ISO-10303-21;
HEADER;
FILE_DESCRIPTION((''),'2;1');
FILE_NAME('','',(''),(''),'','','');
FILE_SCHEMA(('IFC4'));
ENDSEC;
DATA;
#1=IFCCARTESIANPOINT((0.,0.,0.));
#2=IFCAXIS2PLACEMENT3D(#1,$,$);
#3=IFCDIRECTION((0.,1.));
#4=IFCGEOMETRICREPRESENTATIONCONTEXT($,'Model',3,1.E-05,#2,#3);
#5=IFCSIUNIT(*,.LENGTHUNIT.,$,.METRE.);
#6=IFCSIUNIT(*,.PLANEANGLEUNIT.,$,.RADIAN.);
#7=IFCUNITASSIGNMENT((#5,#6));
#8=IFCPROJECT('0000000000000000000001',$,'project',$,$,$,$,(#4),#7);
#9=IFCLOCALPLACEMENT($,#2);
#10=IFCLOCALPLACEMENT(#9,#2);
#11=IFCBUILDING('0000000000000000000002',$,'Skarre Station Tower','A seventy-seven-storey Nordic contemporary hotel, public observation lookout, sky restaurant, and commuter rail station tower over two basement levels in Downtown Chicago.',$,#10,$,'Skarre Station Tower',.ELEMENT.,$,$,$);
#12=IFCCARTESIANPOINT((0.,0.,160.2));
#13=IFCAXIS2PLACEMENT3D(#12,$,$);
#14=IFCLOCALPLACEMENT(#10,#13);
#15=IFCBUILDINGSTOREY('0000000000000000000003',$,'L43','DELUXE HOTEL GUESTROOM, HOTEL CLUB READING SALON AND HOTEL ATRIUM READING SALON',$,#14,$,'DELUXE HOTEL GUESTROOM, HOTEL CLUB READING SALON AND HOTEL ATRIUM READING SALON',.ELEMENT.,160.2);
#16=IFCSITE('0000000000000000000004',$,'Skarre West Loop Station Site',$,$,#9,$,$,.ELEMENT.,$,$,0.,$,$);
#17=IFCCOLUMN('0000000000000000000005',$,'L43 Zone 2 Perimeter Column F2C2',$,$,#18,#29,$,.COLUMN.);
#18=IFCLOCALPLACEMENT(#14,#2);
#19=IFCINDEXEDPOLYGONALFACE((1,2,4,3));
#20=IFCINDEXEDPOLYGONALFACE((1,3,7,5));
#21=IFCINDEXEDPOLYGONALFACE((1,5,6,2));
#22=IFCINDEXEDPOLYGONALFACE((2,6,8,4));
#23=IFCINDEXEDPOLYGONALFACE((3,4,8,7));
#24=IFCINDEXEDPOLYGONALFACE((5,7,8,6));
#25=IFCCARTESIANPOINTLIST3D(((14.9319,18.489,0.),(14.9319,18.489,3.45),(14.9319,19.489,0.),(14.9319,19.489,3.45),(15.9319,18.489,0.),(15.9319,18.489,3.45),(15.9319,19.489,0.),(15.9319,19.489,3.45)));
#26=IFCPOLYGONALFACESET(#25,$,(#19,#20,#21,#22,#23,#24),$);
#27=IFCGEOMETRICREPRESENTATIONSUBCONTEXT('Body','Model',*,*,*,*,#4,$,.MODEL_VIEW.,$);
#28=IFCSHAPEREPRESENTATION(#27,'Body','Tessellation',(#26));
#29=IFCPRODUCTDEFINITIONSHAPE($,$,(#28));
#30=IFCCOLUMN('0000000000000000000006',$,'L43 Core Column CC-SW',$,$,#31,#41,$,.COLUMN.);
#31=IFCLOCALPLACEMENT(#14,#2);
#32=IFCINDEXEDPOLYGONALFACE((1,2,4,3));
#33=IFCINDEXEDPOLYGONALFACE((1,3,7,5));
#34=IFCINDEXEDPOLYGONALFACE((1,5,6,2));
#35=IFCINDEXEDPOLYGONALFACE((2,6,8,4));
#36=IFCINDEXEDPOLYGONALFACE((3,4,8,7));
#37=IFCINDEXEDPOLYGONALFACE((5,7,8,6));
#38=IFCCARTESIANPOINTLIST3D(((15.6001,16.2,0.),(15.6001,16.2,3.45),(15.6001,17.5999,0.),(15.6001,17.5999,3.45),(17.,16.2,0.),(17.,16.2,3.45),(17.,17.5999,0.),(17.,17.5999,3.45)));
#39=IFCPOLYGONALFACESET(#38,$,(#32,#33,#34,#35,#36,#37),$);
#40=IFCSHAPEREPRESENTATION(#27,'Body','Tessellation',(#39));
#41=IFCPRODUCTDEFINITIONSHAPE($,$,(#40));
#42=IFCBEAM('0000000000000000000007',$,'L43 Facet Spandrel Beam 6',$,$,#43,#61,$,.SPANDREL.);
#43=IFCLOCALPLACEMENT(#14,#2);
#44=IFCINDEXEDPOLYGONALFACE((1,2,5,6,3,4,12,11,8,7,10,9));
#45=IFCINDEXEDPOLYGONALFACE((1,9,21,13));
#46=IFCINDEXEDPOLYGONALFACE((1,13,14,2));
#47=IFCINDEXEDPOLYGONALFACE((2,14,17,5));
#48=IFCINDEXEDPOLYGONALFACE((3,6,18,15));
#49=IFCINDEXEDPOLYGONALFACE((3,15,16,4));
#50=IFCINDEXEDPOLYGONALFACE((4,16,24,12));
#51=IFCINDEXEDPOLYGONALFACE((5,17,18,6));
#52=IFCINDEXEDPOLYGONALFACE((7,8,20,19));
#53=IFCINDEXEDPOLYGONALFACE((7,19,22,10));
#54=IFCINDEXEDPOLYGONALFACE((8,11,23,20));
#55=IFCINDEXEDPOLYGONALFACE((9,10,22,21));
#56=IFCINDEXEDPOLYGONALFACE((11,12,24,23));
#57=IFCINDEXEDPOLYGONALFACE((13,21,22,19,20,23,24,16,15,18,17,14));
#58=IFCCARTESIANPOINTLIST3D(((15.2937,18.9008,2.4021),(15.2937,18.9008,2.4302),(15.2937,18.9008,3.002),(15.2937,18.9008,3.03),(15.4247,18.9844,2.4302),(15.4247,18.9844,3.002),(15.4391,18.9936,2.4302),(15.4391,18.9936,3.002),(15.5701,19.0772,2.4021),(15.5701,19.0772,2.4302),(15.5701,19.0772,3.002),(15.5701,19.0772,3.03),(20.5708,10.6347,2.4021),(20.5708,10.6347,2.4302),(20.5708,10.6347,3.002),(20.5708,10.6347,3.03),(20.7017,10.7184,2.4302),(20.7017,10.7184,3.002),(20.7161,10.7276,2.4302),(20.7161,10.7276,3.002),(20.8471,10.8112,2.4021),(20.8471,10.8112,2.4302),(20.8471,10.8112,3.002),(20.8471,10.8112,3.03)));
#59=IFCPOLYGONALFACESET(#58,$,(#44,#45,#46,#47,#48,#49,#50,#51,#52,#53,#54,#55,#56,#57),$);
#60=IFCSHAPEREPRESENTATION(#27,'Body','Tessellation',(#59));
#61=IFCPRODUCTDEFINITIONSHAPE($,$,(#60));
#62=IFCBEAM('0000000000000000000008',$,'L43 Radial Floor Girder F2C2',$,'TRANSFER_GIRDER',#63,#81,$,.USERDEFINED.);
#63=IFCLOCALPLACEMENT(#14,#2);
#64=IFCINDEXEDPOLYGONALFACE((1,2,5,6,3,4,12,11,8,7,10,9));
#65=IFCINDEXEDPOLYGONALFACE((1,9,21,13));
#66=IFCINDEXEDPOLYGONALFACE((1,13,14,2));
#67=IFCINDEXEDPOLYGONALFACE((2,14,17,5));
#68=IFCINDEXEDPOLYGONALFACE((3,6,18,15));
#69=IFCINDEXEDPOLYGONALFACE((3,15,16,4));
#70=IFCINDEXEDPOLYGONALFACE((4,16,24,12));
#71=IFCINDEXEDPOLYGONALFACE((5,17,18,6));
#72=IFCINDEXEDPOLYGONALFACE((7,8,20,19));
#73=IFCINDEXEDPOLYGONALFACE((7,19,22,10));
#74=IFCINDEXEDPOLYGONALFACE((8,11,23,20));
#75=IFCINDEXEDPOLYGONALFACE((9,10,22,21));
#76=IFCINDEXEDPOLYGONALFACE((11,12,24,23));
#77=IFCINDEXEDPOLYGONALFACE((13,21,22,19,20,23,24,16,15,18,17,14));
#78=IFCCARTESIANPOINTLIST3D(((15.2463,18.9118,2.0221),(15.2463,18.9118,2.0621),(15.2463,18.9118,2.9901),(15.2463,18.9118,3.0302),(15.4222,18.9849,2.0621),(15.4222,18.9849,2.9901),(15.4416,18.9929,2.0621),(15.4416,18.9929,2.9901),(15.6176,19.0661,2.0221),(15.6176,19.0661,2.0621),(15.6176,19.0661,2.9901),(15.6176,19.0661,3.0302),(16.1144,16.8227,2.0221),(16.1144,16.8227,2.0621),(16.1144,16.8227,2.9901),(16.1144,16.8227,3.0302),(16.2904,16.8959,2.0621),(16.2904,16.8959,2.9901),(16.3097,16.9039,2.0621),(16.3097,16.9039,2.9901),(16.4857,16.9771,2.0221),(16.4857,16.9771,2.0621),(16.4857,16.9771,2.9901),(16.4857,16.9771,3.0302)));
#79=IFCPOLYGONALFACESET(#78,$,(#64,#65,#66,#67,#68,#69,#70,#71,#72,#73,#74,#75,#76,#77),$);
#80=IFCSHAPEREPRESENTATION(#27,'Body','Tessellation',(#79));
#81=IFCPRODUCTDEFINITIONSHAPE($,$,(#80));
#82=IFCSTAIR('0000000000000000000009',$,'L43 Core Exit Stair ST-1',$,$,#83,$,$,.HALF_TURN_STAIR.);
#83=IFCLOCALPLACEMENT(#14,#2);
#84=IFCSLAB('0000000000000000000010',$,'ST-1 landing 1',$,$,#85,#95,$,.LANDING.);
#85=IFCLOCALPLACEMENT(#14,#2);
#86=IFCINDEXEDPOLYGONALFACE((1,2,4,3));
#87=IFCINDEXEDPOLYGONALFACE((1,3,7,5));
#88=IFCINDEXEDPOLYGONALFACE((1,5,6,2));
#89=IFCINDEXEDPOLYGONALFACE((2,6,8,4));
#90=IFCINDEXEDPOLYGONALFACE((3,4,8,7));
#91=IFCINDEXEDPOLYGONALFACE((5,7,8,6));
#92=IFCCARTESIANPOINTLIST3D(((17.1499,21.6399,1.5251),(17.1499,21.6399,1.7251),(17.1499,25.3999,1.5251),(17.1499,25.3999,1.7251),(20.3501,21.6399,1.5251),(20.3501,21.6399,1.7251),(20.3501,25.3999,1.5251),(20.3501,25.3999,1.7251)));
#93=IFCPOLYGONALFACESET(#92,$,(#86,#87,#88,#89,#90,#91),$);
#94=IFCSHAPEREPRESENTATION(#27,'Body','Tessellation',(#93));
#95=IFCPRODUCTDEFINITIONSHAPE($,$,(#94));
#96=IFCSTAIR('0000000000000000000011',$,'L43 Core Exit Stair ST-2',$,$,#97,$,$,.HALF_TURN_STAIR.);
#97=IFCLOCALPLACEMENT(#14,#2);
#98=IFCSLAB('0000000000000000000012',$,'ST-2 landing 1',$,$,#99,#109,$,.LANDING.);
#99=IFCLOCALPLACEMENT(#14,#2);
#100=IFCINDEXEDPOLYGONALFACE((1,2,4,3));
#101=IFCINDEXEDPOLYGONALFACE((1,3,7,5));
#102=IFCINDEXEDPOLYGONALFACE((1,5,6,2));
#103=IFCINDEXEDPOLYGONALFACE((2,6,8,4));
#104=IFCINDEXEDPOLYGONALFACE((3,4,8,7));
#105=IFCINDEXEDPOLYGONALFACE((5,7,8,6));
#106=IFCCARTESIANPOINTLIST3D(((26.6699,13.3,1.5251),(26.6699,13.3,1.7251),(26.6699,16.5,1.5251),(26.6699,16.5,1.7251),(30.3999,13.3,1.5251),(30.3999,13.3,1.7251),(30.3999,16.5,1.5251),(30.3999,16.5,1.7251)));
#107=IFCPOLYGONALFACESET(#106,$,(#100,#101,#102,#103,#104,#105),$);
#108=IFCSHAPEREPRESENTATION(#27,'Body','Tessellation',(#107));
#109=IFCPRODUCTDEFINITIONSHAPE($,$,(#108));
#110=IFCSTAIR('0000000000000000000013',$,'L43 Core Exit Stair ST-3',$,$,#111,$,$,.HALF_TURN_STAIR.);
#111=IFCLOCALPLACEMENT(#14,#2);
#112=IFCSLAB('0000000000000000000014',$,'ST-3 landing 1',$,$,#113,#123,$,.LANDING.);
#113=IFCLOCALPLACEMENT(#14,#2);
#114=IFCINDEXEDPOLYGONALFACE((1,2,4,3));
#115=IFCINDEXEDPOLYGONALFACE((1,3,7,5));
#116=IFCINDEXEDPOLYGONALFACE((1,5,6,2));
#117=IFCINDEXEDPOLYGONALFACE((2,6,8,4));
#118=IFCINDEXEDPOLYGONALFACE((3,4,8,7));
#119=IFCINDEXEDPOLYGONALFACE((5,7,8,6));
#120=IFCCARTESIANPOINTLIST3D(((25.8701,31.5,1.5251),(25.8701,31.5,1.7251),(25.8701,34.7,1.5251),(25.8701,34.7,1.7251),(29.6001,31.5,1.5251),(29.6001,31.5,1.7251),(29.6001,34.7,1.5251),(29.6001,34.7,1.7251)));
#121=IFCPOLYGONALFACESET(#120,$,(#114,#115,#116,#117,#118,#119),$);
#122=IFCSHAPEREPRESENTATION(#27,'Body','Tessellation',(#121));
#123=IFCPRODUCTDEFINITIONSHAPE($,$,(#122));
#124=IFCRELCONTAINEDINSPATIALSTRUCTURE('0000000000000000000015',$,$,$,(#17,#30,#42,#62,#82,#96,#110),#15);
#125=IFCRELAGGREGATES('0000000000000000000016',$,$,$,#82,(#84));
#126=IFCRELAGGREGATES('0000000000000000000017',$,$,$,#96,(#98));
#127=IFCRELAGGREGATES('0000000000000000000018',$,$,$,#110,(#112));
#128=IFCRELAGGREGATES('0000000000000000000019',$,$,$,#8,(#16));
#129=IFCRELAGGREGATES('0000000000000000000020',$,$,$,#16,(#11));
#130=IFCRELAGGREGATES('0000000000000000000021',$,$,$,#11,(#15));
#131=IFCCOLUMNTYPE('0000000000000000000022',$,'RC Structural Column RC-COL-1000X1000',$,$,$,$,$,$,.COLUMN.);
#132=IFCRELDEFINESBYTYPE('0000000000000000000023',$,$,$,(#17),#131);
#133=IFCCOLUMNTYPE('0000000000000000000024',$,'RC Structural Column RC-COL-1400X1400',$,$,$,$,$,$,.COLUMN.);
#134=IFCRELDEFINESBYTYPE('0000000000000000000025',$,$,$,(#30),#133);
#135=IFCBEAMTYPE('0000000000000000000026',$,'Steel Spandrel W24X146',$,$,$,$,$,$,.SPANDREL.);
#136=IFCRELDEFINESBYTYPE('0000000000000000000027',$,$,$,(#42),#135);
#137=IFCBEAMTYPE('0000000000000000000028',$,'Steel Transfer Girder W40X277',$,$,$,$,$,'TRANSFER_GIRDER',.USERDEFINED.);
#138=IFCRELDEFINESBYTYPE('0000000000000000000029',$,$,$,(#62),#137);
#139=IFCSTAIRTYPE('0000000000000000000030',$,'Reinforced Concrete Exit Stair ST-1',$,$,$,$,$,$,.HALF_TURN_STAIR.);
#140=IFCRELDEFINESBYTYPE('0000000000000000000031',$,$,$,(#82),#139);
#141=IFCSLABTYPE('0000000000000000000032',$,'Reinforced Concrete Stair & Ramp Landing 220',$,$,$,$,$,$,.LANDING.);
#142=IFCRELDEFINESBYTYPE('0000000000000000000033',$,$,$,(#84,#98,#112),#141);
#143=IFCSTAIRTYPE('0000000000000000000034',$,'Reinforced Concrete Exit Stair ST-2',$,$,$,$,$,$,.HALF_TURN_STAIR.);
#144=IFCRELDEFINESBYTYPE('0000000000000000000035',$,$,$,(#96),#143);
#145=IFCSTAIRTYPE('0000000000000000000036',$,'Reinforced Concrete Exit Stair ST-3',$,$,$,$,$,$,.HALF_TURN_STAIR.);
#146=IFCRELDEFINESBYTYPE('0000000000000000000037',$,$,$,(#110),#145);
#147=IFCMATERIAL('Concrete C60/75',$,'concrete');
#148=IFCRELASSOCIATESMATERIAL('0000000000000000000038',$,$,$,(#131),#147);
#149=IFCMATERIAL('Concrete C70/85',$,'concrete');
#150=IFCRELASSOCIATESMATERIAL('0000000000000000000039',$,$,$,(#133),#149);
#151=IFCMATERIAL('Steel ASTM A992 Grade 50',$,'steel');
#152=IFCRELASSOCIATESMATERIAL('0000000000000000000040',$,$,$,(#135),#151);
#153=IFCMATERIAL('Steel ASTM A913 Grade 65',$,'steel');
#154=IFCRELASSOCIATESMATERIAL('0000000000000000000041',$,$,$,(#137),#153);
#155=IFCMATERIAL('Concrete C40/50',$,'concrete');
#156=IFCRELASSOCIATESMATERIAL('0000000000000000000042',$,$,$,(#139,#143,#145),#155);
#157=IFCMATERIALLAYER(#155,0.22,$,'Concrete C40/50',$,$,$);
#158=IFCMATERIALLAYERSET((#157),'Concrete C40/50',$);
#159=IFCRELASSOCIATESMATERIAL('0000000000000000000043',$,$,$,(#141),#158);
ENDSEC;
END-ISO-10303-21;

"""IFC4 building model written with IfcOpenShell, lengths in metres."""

from ifc_helpers import new_model, si_unit, direction, frame, origin, origin_2d, place, context, subcontext, project, spatial, polyline, rectangle, i_section, outline, extrude, material, layer, layer_set, material_profile, profile_set, type_object, element, aggregate, save


model = new_model("IFC4")

# Units and contexts
model_context = context("Model", 3, precision=1e-05, world=origin(), true_north=direction((0.0, 1.0)))
body_context = subcontext(model_context, "Body", "Model", "MODEL_VIEW")
ifc_project = project(units=[si_unit("LENGTHUNIT", "METRE"), si_unit("PLANEANGLEUNIT", "RADIAN")], contexts=[model_context])

# Site, building, storey
site_placement = place(None, origin())
site = spatial("IfcSite", under=ifc_project, at=site_placement, Name="Skarre West Loop Station Site", CompositionType="ELEMENT", RefElevation=0.0)
building_placement = place(site_placement, origin())
building = spatial("IfcBuilding", under=site, at=building_placement, Name="Skarre Station Tower", Description="A seventy-seven-storey Nordic contemporary hotel, public observation lookout, sky restaurant, and commuter rail station tower over two basement levels in Downtown Chicago.", LongName="Skarre Station Tower", CompositionType="ELEMENT")
storey_placement = place(building_placement, frame((0.0, 0.0, 160.2)))
storey = spatial("IfcBuildingStorey", under=building, at=storey_placement, Name="L43", Description="DELUXE HOTEL GUESTROOM, HOTEL CLUB READING SALON AND HOTEL ATRIUM READING SALON", LongName="DELUXE HOTEL GUESTROOM, HOTEL CLUB READING SALON AND HOTEL ATRIUM READING SALON", CompositionType="ELEMENT", Elevation=160.2)

# Columns
ifc_material_1 = material(Name="Concrete C60/75", Category="concrete")
ifc_material_profile_1 = material_profile(ifc_material_1, rectangle(XDim=1.0, YDim=1.0, at=origin_2d()), Name="Concrete C60/75")
ifc_profile_set_1 = profile_set([ifc_material_profile_1], Name="Concrete C60/75")
column_type_1 = type_object("IfcColumnType", Name="RC Structural Column RC-COL-1000X1000", PredefinedType="COLUMN", material=ifc_profile_set_1)
column_1_placement = place(storey_placement, frame((15.4319, 18.989, 0.0), z_axis=(0.0, 0.0, 1.0), x_axis=(1.0, 0.0, 0.0)))
element("IfcColumn", 1, at=column_1_placement, inside=storey, type_object=column_type_1, Name="L43 Zone 2 Perimeter Column F2C2", PredefinedType="COLUMN", context=body_context, shape_type="SweptSolid", body=[
    extrude(rectangle(XDim=1.0, YDim=1.0, at=origin_2d()), origin(), (0.0, 0.0, 1.0), 3.45),
])
ifc_material_2 = material(Name="Concrete C70/85", Category="concrete")
ifc_material_profile_2 = material_profile(ifc_material_2, rectangle(XDim=1.3999, YDim=1.3999, at=origin_2d()), Name="Concrete C70/85")
ifc_profile_set_2 = profile_set([ifc_material_profile_2], Name="Concrete C70/85")
column_type_2 = type_object("IfcColumnType", Name="RC Structural Column RC-COL-1400X1400", PredefinedType="COLUMN", material=ifc_profile_set_2)
column_2_placement = place(storey_placement, frame((16.3, 16.8999, 0.0), z_axis=(0.0, 0.0, 1.0), x_axis=(1.0, 0.0, 0.0)))
element("IfcColumn", 2, at=column_2_placement, inside=storey, type_object=column_type_2, Name="L43 Core Column CC-SW", PredefinedType="COLUMN", context=body_context, shape_type="SweptSolid", body=[
    extrude(rectangle(XDim=1.3999, YDim=1.3999, at=origin_2d()), origin(), (0.0, 0.0, 1.0), 3.45),
])

# Beams
ifc_material_3 = material(Name="Steel ASTM A992 Grade 50", Category="steel")
ifc_material_profile_3 = material_profile(ifc_material_3, i_section(OverallWidth=0.3279, OverallDepth=0.6279, WebThickness=0.0171, FlangeThickness=0.0281, at=origin_2d()), Name="Steel ASTM A992 Grade 50")
ifc_profile_set_3 = profile_set([ifc_material_profile_3], Name="Steel ASTM A992 Grade 50")
beam_type_1 = type_object("IfcBeamType", Name="Steel Spandrel W24X146", PredefinedType="SPANDREL", material=ifc_profile_set_3)
beam_1_placement = place(storey_placement, frame((15.4319, 18.989, 2.7161), z_axis=(0.538098, -0.842883, 0.0), x_axis=(0.842883, 0.538098, 0.0)))
element("IfcBeam", 3, at=beam_1_placement, inside=storey, type_object=beam_type_1, Name="L43 Facet Spandrel Beam 6", PredefinedType="SPANDREL", context=body_context, shape_type="SweptSolid", body=[
    extrude(i_section(OverallWidth=0.3279, OverallDepth=0.6279, WebThickness=0.0171, FlangeThickness=0.0281, at=origin_2d()), origin(), (0.0, 0.0, 1.0), 9.8069),
])
ifc_material_4 = material(Name="Steel ASTM A913 Grade 65", Category="steel")
ifc_material_profile_4 = material_profile(ifc_material_4, i_section(OverallWidth=0.4021, OverallDepth=1.0081, WebThickness=0.021, FlangeThickness=0.04, at=origin_2d()), Name="Steel ASTM A913 Grade 65")
ifc_profile_set_4 = profile_set([ifc_material_profile_4], Name="Steel ASTM A913 Grade 65")
beam_type_2 = type_object("IfcBeamType", Name="Steel Transfer Girder W40X277", ElementType="TRANSFER_GIRDER", PredefinedType="USERDEFINED", material=ifc_profile_set_4)
beam_2_placement = place(storey_placement, frame((16.3, 16.8999, 2.5261), z_axis=(-0.383749, 0.923437, 0.0), x_axis=(-0.923437, -0.383749, 0.0)))
element("IfcBeam", 4, at=beam_2_placement, inside=storey, type_object=beam_type_2, Name="L43 Radial Floor Girder F2C2", ObjectType="TRANSFER_GIRDER", PredefinedType="USERDEFINED", context=body_context, shape_type="SweptSolid", body=[
    extrude(i_section(OverallWidth=0.4021, OverallDepth=1.0081, WebThickness=0.021, FlangeThickness=0.04, at=origin_2d()), origin(), (0.0, 0.0, 1.0), 2.2622),
])

# Stairs, slabs
ifc_material_5 = material(Name="Concrete C40/50", Category="concrete")
stair_type_1 = type_object("IfcStairType", Name="Reinforced Concrete Exit Stair ST-1", PredefinedType="HALF_TURN_STAIR", material=ifc_material_5)
stair_1_placement = place(storey_placement, origin())
stair_1 = element("IfcStair", 5, at=stair_1_placement, inside=storey, type_object=stair_type_1, Name="L43 Core Exit Stair ST-1", PredefinedType="HALF_TURN_STAIR")
ifc_layer_1 = layer(ifc_material_5, 0.22, Name="Concrete C40/50")
ifc_layer_set_1 = layer_set([ifc_layer_1], Name="Concrete C40/50")
slab_type_1 = type_object("IfcSlabType", Name="Reinforced Concrete Stair & Ramp Landing 220", PredefinedType="LANDING", material=ifc_layer_set_1)
slab_1_placement = place(storey_placement, frame((0.0, 0.0, 1.5251)))
slab_1 = element("IfcSlab", 6, at=slab_1_placement, type_object=slab_type_1, Name="ST-1 landing 1", PredefinedType="LANDING", context=body_context, shape_type="SweptSolid", body=[
    extrude(outline(polyline([(20.3501, 21.6399), (20.3501, 25.3999), (17.1499, 25.3999), (17.1499, 21.6399), (20.3501, 21.6399)])), origin(), (0.0, 0.0, 1.0), 0.2),
])
aggregate(stair_1, [slab_1])
stair_type_2 = type_object("IfcStairType", Name="Reinforced Concrete Exit Stair ST-2", PredefinedType="HALF_TURN_STAIR", material=ifc_material_5)
stair_2_placement = place(storey_placement, origin())
stair_2 = element("IfcStair", 7, at=stair_2_placement, inside=storey, type_object=stair_type_2, Name="L43 Core Exit Stair ST-2", PredefinedType="HALF_TURN_STAIR")
slab_2_placement = place(storey_placement, frame((0.0, 0.0, 1.5251)))
slab_2 = element("IfcSlab", 8, at=slab_2_placement, type_object=slab_type_1, Name="ST-2 landing 1", PredefinedType="LANDING", context=body_context, shape_type="SweptSolid", body=[
    extrude(outline(polyline([(26.6699, 13.3), (30.3999, 13.3), (30.3999, 16.5), (26.6699, 16.5), (26.6699, 13.3)])), origin(), (0.0, 0.0, 1.0), 0.2),
])
aggregate(stair_2, [slab_2])
stair_type_3 = type_object("IfcStairType", Name="Reinforced Concrete Exit Stair ST-3", PredefinedType="HALF_TURN_STAIR", material=ifc_material_5)
stair_3_placement = place(storey_placement, origin())
stair_3 = element("IfcStair", 9, at=stair_3_placement, inside=storey, type_object=stair_type_3, Name="L43 Core Exit Stair ST-3", PredefinedType="HALF_TURN_STAIR")
slab_3_placement = place(storey_placement, frame((0.0, 0.0, 1.5251)))
slab_3 = element("IfcSlab", 10, at=slab_3_placement, type_object=slab_type_1, Name="ST-3 landing 1", PredefinedType="LANDING", context=body_context, shape_type="SweptSolid", body=[
    extrude(outline(polyline([(25.8701, 31.5), (29.6001, 31.5), (29.6001, 34.7), (25.8701, 34.7), (25.8701, 31.5)])), origin(), (0.0, 0.0, 1.0), 0.2),
])
aggregate(stair_3, [slab_3])

save(model, "model.ifc")
